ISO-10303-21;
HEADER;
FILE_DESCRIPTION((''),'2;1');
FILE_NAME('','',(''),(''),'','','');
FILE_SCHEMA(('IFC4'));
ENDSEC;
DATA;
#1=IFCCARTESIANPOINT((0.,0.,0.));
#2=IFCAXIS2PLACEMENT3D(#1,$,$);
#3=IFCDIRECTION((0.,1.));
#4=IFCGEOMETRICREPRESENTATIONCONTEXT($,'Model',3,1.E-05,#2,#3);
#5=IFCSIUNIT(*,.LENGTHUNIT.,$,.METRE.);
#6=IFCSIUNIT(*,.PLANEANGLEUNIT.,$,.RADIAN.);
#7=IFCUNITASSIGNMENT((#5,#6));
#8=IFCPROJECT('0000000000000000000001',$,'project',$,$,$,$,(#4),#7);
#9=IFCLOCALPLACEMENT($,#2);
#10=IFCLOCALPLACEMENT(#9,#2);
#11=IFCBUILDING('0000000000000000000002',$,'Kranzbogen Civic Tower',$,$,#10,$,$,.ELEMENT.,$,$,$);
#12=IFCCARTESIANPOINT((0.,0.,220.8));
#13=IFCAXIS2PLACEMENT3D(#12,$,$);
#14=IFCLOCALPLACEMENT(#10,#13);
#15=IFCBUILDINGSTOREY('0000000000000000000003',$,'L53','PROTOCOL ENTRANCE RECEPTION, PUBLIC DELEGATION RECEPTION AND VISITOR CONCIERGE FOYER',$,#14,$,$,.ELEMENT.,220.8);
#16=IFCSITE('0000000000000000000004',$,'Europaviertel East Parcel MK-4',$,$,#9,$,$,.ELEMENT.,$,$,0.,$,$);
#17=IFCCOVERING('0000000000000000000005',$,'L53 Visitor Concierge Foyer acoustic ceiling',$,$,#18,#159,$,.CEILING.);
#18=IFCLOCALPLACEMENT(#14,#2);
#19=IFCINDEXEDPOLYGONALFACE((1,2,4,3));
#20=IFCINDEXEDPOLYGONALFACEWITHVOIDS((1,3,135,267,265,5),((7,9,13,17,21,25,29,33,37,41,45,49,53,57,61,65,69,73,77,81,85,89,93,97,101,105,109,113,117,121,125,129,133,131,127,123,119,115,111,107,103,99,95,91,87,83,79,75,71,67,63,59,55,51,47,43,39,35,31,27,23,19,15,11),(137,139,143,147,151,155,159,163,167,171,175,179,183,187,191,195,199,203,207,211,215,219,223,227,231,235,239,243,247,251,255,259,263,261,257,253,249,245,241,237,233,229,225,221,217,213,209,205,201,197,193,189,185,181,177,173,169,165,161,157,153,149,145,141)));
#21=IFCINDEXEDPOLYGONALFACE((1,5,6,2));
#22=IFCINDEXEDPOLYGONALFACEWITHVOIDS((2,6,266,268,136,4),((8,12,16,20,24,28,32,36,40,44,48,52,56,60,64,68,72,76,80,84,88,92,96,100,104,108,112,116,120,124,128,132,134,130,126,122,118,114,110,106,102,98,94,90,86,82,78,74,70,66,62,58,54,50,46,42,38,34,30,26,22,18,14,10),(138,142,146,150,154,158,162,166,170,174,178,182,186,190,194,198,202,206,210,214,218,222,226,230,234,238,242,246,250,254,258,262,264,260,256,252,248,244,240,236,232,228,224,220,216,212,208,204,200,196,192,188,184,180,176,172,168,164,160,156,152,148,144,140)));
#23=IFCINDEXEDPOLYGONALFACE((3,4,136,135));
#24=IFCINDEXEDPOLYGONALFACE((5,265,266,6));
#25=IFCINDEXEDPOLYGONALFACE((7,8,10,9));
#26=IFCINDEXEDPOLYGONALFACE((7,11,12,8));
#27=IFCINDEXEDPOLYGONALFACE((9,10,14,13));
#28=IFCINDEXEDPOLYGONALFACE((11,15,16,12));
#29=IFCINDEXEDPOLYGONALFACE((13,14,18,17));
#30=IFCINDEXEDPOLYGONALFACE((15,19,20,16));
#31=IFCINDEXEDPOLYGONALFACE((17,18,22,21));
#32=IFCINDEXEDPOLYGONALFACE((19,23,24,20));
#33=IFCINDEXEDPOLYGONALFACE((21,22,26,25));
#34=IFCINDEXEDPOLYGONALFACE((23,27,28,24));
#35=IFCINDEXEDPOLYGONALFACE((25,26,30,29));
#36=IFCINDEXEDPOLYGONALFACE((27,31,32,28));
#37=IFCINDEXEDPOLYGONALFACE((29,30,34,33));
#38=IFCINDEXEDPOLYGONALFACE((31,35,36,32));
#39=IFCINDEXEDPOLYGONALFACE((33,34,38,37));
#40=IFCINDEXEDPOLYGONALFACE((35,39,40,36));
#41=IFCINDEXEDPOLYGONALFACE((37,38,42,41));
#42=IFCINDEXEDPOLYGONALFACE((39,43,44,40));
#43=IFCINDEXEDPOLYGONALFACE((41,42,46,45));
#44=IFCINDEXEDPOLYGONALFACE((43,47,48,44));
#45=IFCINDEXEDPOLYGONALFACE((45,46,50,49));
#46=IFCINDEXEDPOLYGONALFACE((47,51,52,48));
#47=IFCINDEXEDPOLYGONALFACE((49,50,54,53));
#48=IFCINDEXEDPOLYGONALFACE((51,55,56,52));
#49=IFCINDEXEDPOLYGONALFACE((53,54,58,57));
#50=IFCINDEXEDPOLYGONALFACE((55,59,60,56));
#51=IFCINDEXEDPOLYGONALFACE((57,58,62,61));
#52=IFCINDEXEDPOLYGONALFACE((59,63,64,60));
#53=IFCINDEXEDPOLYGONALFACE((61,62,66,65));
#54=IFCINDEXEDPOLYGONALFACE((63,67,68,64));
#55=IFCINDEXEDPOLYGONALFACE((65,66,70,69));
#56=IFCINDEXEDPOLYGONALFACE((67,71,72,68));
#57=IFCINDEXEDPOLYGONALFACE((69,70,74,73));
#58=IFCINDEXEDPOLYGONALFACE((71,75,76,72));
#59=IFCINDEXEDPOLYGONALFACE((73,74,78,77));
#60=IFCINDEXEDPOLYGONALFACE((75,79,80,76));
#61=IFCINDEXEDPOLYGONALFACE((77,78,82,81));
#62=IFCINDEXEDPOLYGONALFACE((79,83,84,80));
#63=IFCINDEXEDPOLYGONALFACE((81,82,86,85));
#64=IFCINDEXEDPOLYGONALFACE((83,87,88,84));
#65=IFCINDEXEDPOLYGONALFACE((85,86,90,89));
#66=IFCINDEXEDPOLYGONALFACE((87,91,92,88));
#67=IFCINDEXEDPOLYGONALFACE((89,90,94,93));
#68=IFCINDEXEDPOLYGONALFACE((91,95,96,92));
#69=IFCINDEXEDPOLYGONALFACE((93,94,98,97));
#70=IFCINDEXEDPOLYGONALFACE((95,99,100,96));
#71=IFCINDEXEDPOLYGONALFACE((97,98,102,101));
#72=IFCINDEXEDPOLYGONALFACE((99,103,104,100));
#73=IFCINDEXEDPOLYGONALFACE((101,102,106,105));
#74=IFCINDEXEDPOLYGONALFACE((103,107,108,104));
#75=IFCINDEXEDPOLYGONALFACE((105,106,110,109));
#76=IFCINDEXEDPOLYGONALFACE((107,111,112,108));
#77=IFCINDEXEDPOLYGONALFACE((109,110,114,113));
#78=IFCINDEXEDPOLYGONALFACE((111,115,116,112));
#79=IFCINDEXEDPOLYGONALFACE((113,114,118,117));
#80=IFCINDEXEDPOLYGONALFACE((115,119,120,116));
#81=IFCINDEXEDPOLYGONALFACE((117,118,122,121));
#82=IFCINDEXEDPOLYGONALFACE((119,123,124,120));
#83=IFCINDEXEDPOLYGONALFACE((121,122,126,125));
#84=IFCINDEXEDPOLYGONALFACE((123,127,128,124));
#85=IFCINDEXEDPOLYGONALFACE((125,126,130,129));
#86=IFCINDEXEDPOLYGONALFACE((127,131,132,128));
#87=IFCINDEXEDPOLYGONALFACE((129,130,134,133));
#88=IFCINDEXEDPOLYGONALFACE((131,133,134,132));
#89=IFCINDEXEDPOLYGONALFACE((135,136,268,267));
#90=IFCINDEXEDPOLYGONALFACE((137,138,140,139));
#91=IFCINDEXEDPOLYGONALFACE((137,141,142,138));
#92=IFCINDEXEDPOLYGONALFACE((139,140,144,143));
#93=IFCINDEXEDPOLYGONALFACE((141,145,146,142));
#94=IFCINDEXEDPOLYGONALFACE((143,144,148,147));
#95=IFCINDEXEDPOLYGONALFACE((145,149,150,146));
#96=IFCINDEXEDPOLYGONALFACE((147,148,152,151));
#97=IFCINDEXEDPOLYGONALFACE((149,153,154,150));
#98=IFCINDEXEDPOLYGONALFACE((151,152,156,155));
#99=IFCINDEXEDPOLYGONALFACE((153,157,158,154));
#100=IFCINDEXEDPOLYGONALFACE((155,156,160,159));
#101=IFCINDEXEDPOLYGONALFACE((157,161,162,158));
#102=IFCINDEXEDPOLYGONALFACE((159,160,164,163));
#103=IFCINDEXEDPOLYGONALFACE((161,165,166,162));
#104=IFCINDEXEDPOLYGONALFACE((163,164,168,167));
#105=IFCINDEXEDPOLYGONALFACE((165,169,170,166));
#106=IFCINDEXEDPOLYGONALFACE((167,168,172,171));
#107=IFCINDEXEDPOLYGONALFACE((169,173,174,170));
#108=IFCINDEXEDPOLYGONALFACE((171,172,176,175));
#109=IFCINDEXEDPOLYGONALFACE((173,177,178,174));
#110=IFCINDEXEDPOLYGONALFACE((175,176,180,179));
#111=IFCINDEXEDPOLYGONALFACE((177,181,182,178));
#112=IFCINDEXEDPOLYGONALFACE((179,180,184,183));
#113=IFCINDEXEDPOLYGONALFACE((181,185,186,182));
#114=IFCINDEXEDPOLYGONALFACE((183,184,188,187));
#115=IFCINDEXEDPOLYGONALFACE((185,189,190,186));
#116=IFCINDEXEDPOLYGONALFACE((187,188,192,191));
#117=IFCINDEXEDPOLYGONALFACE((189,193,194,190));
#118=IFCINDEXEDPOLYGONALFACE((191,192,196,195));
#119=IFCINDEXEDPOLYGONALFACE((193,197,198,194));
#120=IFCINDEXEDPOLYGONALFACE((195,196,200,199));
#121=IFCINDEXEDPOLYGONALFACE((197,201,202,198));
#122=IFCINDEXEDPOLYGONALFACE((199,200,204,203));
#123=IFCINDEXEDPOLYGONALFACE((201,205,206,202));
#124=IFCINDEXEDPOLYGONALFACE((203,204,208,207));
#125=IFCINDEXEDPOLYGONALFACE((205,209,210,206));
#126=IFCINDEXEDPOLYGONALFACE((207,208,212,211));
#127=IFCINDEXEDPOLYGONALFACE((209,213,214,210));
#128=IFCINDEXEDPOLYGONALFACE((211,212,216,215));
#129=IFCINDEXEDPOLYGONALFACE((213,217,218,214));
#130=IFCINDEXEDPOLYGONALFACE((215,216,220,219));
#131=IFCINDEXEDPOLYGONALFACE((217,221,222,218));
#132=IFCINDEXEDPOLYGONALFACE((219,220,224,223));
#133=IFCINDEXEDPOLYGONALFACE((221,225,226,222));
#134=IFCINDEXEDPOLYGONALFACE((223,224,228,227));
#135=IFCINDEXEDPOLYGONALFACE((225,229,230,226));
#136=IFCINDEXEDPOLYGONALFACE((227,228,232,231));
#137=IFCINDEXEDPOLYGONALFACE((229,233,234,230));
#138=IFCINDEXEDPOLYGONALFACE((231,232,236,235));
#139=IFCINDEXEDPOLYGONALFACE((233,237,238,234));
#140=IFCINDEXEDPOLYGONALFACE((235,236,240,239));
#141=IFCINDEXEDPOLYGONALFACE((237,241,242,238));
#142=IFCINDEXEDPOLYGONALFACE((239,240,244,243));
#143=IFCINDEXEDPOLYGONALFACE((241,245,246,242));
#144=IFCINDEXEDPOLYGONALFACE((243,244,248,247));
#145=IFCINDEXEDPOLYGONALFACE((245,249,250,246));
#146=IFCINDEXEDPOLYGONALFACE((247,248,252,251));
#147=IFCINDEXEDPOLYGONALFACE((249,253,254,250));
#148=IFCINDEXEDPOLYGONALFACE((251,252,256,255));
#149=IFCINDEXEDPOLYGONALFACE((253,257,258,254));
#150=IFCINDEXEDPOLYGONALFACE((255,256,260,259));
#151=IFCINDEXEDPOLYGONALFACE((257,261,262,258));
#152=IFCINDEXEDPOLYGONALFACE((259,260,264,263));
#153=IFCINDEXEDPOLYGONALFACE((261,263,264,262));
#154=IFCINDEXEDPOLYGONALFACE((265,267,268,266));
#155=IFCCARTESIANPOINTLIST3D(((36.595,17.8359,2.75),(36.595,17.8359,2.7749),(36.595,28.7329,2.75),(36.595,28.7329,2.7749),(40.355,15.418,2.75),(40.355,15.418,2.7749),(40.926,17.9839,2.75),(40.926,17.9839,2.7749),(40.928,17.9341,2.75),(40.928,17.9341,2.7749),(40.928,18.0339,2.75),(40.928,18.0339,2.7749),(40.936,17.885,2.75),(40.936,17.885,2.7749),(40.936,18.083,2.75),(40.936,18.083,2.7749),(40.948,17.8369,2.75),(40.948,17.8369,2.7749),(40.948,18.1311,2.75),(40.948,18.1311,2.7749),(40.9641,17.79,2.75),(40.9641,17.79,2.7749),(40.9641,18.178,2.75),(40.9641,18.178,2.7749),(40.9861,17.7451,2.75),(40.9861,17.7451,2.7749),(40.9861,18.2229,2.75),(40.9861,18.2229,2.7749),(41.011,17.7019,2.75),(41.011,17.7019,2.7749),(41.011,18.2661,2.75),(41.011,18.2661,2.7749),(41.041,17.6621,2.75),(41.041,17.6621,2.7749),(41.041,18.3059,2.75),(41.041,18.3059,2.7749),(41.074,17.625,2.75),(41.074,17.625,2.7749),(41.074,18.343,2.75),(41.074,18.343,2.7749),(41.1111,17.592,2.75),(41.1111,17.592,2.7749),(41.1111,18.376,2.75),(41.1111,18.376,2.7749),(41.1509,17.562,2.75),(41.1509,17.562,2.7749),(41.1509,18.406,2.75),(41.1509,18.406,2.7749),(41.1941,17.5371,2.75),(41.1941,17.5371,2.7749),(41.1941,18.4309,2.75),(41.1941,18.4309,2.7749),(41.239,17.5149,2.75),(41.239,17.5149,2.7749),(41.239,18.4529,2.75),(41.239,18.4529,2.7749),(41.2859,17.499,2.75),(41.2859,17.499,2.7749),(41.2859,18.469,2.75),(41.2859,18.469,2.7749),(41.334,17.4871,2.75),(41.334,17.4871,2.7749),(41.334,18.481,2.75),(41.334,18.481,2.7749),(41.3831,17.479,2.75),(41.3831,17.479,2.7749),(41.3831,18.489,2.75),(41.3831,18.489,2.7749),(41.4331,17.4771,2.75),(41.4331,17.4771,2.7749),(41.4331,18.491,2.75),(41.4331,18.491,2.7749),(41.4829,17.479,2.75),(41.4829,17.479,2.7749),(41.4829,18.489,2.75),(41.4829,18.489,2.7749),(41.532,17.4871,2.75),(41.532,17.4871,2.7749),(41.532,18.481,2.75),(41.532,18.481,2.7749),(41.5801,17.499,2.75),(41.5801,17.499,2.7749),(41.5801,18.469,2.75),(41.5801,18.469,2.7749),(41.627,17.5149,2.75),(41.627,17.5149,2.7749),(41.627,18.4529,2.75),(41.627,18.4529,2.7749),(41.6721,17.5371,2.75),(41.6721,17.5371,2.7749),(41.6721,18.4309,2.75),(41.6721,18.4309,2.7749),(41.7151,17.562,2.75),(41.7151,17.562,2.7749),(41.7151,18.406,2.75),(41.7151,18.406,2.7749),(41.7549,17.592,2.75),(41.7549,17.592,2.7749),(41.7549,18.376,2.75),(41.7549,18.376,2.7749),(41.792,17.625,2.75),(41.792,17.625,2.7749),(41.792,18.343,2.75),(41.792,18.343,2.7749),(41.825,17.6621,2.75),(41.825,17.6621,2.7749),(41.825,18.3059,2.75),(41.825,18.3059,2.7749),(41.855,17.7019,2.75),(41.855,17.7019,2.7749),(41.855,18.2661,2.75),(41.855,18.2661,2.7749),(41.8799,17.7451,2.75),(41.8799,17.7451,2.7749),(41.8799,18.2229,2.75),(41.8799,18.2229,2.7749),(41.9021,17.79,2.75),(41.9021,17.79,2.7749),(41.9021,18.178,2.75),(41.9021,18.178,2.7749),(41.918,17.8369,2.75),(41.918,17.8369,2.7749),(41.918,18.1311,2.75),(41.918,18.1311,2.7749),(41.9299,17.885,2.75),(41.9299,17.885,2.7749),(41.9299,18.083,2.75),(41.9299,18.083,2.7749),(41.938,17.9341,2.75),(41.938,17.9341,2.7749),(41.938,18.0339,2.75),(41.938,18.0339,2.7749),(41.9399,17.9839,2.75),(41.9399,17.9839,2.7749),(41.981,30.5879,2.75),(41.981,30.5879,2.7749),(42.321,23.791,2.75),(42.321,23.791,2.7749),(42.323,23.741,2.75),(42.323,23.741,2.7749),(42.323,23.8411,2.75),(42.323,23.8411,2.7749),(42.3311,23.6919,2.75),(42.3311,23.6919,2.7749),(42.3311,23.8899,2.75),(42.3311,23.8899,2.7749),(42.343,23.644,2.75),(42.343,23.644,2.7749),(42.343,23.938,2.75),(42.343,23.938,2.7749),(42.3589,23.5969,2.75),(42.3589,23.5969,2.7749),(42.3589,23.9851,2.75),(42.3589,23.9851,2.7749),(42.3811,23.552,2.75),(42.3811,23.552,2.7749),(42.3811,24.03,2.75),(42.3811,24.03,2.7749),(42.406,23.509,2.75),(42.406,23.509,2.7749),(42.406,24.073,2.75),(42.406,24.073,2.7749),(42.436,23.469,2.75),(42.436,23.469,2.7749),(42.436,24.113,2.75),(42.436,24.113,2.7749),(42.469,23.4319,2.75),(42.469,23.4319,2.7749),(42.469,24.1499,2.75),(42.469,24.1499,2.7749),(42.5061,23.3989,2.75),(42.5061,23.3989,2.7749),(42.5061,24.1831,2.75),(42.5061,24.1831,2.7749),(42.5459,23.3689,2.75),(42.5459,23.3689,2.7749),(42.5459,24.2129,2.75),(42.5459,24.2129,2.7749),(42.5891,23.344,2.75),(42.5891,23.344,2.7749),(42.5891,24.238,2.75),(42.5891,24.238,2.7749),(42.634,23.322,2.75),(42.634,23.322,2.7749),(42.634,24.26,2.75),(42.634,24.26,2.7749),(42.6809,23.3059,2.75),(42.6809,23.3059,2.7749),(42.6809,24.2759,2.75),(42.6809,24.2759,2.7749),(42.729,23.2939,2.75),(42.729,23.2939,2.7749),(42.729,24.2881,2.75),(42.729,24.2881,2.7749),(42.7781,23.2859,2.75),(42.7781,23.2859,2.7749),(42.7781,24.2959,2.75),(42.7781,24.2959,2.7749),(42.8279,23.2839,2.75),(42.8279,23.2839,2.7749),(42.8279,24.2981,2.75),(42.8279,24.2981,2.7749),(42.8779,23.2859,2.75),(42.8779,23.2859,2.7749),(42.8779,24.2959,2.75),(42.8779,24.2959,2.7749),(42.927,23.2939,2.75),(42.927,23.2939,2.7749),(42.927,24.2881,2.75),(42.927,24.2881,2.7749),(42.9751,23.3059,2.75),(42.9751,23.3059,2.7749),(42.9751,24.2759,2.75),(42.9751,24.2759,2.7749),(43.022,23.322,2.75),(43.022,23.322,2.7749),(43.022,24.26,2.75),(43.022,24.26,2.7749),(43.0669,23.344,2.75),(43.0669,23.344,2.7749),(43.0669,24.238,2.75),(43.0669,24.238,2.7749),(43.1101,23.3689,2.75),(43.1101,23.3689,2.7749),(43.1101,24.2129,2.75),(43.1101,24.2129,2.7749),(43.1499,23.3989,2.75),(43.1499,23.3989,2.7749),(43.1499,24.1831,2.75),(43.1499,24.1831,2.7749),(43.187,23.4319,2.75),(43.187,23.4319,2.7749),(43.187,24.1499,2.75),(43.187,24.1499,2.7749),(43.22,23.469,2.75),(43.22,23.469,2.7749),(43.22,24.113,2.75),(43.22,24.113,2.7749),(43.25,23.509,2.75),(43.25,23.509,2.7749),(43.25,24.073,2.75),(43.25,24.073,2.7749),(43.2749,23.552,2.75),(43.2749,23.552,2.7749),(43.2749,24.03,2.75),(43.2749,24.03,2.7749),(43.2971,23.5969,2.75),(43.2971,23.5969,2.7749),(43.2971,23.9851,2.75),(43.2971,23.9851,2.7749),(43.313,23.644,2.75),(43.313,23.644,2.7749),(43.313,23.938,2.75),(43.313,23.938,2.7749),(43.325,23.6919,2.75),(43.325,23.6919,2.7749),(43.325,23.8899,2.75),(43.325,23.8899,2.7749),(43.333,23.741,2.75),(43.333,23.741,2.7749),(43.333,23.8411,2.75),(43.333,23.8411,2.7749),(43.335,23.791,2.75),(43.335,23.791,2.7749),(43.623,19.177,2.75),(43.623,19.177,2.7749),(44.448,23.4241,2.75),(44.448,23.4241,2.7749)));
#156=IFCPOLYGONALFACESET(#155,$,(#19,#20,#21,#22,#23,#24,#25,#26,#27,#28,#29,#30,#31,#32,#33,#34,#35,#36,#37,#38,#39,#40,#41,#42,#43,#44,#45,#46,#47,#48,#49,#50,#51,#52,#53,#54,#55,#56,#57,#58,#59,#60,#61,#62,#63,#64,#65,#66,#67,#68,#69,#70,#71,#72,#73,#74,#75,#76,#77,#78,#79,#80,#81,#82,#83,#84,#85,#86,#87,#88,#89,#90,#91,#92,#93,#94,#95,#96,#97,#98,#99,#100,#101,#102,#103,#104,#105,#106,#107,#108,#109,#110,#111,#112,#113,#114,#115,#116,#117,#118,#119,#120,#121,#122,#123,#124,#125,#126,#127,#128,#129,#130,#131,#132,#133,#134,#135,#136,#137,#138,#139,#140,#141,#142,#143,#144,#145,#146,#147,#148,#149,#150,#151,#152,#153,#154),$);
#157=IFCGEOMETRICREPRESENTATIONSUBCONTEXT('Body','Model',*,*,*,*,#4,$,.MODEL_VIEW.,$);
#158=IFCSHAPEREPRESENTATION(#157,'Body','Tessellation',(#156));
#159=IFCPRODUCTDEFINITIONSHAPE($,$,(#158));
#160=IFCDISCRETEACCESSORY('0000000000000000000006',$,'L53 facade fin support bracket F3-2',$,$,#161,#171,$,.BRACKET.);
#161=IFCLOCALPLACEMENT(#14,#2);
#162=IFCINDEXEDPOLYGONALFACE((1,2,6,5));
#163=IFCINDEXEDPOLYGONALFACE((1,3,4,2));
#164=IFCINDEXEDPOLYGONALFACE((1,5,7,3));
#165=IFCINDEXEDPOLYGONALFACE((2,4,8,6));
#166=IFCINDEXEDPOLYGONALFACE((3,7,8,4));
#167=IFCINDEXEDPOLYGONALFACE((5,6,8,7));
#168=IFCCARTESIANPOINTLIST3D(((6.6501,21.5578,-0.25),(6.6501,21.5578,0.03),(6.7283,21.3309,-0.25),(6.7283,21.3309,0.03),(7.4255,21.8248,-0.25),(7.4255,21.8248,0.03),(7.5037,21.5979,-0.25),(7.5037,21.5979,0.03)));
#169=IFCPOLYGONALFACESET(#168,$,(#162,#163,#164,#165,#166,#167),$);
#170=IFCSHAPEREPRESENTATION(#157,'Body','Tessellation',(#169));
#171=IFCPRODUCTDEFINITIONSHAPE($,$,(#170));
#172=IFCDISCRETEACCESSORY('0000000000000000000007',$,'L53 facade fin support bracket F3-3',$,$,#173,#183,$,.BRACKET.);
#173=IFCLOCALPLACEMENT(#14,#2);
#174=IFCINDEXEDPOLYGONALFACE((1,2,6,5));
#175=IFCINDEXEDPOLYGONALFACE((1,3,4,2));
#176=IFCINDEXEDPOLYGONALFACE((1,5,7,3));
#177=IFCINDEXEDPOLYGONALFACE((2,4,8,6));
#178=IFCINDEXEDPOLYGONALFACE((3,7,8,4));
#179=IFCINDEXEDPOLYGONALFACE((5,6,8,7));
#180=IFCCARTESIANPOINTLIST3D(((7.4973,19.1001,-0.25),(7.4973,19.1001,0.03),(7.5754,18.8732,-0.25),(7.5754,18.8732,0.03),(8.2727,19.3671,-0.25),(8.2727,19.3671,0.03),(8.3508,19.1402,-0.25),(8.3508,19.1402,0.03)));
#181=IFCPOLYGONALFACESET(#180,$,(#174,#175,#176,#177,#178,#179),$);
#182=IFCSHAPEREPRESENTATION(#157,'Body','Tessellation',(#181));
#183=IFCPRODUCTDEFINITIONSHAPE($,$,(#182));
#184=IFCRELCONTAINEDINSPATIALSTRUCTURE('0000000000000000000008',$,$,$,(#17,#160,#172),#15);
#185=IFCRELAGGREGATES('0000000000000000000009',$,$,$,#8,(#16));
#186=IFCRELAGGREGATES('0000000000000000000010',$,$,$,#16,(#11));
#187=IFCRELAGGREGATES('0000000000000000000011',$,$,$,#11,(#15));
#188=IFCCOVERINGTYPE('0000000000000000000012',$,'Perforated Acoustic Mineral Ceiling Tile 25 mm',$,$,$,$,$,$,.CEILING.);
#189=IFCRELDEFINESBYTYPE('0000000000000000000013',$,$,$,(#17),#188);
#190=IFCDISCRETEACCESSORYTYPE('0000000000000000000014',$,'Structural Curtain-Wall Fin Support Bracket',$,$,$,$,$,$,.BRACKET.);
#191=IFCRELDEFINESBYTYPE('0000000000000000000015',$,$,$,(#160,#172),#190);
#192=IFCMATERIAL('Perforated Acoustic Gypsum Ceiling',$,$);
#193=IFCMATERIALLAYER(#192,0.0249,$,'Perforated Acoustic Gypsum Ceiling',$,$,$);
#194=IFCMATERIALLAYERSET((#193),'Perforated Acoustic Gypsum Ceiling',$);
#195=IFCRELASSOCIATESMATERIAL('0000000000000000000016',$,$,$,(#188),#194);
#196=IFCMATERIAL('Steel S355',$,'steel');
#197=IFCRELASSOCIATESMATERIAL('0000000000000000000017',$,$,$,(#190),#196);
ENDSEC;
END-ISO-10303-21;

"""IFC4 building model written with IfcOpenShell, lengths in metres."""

from ifc_helpers import new_model, si_unit, direction, frame, origin, origin_2d, place, context, subcontext, project, spatial, polyline, rectangle, outline, extrude, material, layer, layer_set, type_object, element, save


model = new_model("IFC4")

# Units and contexts
model_context = context("Model", 3, precision=1e-05, world=origin(), true_north=direction((0.0, 1.0)))
body_context = subcontext(model_context, "Body", "Model", "MODEL_VIEW")
ifc_project = project(units=[si_unit("LENGTHUNIT", "METRE"), si_unit("PLANEANGLEUNIT", "RADIAN")], contexts=[model_context])

# Site, building, storey
site_placement = place(None, origin())
site = spatial("IfcSite", under=ifc_project, at=site_placement, Name="Europaviertel East Parcel MK-4", CompositionType="ELEMENT", RefElevation=0.0)
building_placement = place(site_placement, origin())
building = spatial("IfcBuilding", under=site, at=building_placement, Name="Kranzbogen Civic Tower", CompositionType="ELEMENT")
storey_placement = place(building_placement, frame((0.0, 0.0, 220.8)))
storey = spatial("IfcBuildingStorey", under=building, at=storey_placement, Name="L53", Description="PROTOCOL ENTRANCE RECEPTION, PUBLIC DELEGATION RECEPTION AND VISITOR CONCIERGE FOYER", CompositionType="ELEMENT", Elevation=220.8)

# Shared definitions
ifc_material_1 = material(Name="Steel S355", Category="steel")

# Covering
ifc_material_2 = material(Name="Perforated Acoustic Gypsum Ceiling")
ifc_layer_1 = layer(ifc_material_2, 0.0249, Name="Perforated Acoustic Gypsum Ceiling")
ifc_layer_set_1 = layer_set([ifc_layer_1], Name="Perforated Acoustic Gypsum Ceiling")
covering_type_1 = type_object("IfcCoveringType", Name="Perforated Acoustic Mineral Ceiling Tile 25 mm", PredefinedType="CEILING", material=ifc_layer_set_1)
covering_1_placement = place(storey_placement, frame((0.0, 0.0, 2.75)))
element("IfcCovering", 1, at=covering_1_placement, inside=storey, type_object=covering_type_1, Name="L53 Visitor Concierge Foyer acoustic ceiling", PredefinedType="CEILING", context=body_context, shape_type="SweptSolid", body=[
    extrude(outline(polyline([(43.623, 19.177), (40.355, 15.418), (36.595, 17.8359), (36.595, 28.7329), (41.981, 30.5879), (44.448, 23.4241), (43.623, 19.177)]), holes=[polyline([(41.9021, 17.79), (41.8799, 17.7451), (41.855, 17.7019), (41.825, 17.6621), (41.792, 17.625), (41.7549, 17.592), (41.7151, 17.562), (41.6721, 17.5371), (41.627, 17.5149), (41.5801, 17.499), (41.532, 17.4871), (41.4829, 17.479), (41.4331, 17.4771), (41.3831, 17.479), (41.334, 17.4871), (41.2859, 17.499), (41.239, 17.5149), (41.1941, 17.5371), (41.1509, 17.562), (41.1111, 17.592), (41.074, 17.625), (41.041, 17.6621), (41.011, 17.7019), (40.9861, 17.7451), (40.9641, 17.79), (40.948, 17.8369), (40.936, 17.885), (40.928, 17.9341), (40.926, 17.9839), (40.928, 18.0339), (40.936, 18.083), (40.948, 18.1311), (40.9641, 18.178), (40.9861, 18.2229), (41.011, 18.2661), (41.041, 18.3059), (41.074, 18.343), (41.1111, 18.376), (41.1509, 18.406), (41.1941, 18.4309), (41.239, 18.4529), (41.2859, 18.469), (41.334, 18.481), (41.3831, 18.489), (41.4331, 18.491), (41.4829, 18.489), (41.532, 18.481), (41.5801, 18.469), (41.627, 18.4529), (41.6721, 18.4309), (41.7151, 18.406), (41.7549, 18.376), (41.792, 18.343), (41.825, 18.3059), (41.855, 18.2661), (41.8799, 18.2229), (41.9021, 18.178), (41.918, 18.1311), (41.9299, 18.083), (41.938, 18.0339), (41.9399, 17.9839), (41.938, 17.9341), (41.9299, 17.885), (41.918, 17.8369), (41.9021, 17.79)]), polyline([(43.2971, 23.5969), (43.2749, 23.552), (43.25, 23.509), (43.22, 23.469), (43.187, 23.4319), (43.1499, 23.3989), (43.1101, 23.3689), (43.0669, 23.344), (43.022, 23.322), (42.9751, 23.3059), (42.927, 23.2939), (42.8779, 23.2859), (42.8279, 23.2839), (42.7781, 23.2859), (42.729, 23.2939), (42.6809, 23.3059), (42.634, 23.322), (42.5891, 23.344), (42.5459, 23.3689), (42.5061, 23.3989), (42.469, 23.4319), (42.436, 23.469), (42.406, 23.509), (42.3811, 23.552), (42.3589, 23.5969), (42.343, 23.644), (42.3311, 23.6919), (42.323, 23.741), (42.321, 23.791), (42.323, 23.8411), (42.3311, 23.8899), (42.343, 23.938), (42.3589, 23.9851), (42.3811, 24.03), (42.406, 24.073), (42.436, 24.113), (42.469, 24.1499), (42.5061, 24.1831), (42.5459, 24.2129), (42.5891, 24.238), (42.634, 24.26), (42.6809, 24.2759), (42.729, 24.2881), (42.7781, 24.2959), (42.8279, 24.2981), (42.8779, 24.2959), (42.927, 24.2881), (42.9751, 24.2759), (43.022, 24.26), (43.0669, 24.238), (43.1101, 24.2129), (43.1499, 24.1831), (43.187, 24.1499), (43.22, 24.113), (43.25, 24.073), (43.2749, 24.03), (43.2971, 23.9851), (43.313, 23.938), (43.325, 23.8899), (43.333, 23.8411), (43.335, 23.791), (43.333, 23.741), (43.325, 23.6919), (43.313, 23.644), (43.2971, 23.5969)])]), origin(), (0.0, 0.0, 1.0), 0.0249),
])

# Discrete accessories
discrete_accessory_type = type_object("IfcDiscreteAccessoryType", Name="Structural Curtain-Wall Fin Support Bracket", PredefinedType="BRACKET", material=ifc_material_1)
for number, where, z_axis, x_axis, name in (
    (2, (7.0769, 21.5779, -0.25), (0.0, 0.0, 1.0), (-0.945519, -0.325568, 0.0), "L53 facade fin support bracket F3-2"),
    (3, (7.9241, 19.1201, -0.25), (0.0, 0.0, 1.0), (-0.945519, -0.325568, 0.0), "L53 facade fin support bracket F3-3"),
):
    element("IfcDiscreteAccessory", number, at=place(storey_placement, frame(where, z_axis=z_axis, x_axis=x_axis)), inside=storey, type_object=discrete_accessory_type, Name=name, PredefinedType="BRACKET", context=body_context, shape_type="SweptSolid", body=[
        extrude(rectangle(XDim=0.8201, YDim=0.24, at=origin_2d()), origin(), (0.0, 0.0, 1.0), 0.28),
    ])

save(model, "model.ifc")
